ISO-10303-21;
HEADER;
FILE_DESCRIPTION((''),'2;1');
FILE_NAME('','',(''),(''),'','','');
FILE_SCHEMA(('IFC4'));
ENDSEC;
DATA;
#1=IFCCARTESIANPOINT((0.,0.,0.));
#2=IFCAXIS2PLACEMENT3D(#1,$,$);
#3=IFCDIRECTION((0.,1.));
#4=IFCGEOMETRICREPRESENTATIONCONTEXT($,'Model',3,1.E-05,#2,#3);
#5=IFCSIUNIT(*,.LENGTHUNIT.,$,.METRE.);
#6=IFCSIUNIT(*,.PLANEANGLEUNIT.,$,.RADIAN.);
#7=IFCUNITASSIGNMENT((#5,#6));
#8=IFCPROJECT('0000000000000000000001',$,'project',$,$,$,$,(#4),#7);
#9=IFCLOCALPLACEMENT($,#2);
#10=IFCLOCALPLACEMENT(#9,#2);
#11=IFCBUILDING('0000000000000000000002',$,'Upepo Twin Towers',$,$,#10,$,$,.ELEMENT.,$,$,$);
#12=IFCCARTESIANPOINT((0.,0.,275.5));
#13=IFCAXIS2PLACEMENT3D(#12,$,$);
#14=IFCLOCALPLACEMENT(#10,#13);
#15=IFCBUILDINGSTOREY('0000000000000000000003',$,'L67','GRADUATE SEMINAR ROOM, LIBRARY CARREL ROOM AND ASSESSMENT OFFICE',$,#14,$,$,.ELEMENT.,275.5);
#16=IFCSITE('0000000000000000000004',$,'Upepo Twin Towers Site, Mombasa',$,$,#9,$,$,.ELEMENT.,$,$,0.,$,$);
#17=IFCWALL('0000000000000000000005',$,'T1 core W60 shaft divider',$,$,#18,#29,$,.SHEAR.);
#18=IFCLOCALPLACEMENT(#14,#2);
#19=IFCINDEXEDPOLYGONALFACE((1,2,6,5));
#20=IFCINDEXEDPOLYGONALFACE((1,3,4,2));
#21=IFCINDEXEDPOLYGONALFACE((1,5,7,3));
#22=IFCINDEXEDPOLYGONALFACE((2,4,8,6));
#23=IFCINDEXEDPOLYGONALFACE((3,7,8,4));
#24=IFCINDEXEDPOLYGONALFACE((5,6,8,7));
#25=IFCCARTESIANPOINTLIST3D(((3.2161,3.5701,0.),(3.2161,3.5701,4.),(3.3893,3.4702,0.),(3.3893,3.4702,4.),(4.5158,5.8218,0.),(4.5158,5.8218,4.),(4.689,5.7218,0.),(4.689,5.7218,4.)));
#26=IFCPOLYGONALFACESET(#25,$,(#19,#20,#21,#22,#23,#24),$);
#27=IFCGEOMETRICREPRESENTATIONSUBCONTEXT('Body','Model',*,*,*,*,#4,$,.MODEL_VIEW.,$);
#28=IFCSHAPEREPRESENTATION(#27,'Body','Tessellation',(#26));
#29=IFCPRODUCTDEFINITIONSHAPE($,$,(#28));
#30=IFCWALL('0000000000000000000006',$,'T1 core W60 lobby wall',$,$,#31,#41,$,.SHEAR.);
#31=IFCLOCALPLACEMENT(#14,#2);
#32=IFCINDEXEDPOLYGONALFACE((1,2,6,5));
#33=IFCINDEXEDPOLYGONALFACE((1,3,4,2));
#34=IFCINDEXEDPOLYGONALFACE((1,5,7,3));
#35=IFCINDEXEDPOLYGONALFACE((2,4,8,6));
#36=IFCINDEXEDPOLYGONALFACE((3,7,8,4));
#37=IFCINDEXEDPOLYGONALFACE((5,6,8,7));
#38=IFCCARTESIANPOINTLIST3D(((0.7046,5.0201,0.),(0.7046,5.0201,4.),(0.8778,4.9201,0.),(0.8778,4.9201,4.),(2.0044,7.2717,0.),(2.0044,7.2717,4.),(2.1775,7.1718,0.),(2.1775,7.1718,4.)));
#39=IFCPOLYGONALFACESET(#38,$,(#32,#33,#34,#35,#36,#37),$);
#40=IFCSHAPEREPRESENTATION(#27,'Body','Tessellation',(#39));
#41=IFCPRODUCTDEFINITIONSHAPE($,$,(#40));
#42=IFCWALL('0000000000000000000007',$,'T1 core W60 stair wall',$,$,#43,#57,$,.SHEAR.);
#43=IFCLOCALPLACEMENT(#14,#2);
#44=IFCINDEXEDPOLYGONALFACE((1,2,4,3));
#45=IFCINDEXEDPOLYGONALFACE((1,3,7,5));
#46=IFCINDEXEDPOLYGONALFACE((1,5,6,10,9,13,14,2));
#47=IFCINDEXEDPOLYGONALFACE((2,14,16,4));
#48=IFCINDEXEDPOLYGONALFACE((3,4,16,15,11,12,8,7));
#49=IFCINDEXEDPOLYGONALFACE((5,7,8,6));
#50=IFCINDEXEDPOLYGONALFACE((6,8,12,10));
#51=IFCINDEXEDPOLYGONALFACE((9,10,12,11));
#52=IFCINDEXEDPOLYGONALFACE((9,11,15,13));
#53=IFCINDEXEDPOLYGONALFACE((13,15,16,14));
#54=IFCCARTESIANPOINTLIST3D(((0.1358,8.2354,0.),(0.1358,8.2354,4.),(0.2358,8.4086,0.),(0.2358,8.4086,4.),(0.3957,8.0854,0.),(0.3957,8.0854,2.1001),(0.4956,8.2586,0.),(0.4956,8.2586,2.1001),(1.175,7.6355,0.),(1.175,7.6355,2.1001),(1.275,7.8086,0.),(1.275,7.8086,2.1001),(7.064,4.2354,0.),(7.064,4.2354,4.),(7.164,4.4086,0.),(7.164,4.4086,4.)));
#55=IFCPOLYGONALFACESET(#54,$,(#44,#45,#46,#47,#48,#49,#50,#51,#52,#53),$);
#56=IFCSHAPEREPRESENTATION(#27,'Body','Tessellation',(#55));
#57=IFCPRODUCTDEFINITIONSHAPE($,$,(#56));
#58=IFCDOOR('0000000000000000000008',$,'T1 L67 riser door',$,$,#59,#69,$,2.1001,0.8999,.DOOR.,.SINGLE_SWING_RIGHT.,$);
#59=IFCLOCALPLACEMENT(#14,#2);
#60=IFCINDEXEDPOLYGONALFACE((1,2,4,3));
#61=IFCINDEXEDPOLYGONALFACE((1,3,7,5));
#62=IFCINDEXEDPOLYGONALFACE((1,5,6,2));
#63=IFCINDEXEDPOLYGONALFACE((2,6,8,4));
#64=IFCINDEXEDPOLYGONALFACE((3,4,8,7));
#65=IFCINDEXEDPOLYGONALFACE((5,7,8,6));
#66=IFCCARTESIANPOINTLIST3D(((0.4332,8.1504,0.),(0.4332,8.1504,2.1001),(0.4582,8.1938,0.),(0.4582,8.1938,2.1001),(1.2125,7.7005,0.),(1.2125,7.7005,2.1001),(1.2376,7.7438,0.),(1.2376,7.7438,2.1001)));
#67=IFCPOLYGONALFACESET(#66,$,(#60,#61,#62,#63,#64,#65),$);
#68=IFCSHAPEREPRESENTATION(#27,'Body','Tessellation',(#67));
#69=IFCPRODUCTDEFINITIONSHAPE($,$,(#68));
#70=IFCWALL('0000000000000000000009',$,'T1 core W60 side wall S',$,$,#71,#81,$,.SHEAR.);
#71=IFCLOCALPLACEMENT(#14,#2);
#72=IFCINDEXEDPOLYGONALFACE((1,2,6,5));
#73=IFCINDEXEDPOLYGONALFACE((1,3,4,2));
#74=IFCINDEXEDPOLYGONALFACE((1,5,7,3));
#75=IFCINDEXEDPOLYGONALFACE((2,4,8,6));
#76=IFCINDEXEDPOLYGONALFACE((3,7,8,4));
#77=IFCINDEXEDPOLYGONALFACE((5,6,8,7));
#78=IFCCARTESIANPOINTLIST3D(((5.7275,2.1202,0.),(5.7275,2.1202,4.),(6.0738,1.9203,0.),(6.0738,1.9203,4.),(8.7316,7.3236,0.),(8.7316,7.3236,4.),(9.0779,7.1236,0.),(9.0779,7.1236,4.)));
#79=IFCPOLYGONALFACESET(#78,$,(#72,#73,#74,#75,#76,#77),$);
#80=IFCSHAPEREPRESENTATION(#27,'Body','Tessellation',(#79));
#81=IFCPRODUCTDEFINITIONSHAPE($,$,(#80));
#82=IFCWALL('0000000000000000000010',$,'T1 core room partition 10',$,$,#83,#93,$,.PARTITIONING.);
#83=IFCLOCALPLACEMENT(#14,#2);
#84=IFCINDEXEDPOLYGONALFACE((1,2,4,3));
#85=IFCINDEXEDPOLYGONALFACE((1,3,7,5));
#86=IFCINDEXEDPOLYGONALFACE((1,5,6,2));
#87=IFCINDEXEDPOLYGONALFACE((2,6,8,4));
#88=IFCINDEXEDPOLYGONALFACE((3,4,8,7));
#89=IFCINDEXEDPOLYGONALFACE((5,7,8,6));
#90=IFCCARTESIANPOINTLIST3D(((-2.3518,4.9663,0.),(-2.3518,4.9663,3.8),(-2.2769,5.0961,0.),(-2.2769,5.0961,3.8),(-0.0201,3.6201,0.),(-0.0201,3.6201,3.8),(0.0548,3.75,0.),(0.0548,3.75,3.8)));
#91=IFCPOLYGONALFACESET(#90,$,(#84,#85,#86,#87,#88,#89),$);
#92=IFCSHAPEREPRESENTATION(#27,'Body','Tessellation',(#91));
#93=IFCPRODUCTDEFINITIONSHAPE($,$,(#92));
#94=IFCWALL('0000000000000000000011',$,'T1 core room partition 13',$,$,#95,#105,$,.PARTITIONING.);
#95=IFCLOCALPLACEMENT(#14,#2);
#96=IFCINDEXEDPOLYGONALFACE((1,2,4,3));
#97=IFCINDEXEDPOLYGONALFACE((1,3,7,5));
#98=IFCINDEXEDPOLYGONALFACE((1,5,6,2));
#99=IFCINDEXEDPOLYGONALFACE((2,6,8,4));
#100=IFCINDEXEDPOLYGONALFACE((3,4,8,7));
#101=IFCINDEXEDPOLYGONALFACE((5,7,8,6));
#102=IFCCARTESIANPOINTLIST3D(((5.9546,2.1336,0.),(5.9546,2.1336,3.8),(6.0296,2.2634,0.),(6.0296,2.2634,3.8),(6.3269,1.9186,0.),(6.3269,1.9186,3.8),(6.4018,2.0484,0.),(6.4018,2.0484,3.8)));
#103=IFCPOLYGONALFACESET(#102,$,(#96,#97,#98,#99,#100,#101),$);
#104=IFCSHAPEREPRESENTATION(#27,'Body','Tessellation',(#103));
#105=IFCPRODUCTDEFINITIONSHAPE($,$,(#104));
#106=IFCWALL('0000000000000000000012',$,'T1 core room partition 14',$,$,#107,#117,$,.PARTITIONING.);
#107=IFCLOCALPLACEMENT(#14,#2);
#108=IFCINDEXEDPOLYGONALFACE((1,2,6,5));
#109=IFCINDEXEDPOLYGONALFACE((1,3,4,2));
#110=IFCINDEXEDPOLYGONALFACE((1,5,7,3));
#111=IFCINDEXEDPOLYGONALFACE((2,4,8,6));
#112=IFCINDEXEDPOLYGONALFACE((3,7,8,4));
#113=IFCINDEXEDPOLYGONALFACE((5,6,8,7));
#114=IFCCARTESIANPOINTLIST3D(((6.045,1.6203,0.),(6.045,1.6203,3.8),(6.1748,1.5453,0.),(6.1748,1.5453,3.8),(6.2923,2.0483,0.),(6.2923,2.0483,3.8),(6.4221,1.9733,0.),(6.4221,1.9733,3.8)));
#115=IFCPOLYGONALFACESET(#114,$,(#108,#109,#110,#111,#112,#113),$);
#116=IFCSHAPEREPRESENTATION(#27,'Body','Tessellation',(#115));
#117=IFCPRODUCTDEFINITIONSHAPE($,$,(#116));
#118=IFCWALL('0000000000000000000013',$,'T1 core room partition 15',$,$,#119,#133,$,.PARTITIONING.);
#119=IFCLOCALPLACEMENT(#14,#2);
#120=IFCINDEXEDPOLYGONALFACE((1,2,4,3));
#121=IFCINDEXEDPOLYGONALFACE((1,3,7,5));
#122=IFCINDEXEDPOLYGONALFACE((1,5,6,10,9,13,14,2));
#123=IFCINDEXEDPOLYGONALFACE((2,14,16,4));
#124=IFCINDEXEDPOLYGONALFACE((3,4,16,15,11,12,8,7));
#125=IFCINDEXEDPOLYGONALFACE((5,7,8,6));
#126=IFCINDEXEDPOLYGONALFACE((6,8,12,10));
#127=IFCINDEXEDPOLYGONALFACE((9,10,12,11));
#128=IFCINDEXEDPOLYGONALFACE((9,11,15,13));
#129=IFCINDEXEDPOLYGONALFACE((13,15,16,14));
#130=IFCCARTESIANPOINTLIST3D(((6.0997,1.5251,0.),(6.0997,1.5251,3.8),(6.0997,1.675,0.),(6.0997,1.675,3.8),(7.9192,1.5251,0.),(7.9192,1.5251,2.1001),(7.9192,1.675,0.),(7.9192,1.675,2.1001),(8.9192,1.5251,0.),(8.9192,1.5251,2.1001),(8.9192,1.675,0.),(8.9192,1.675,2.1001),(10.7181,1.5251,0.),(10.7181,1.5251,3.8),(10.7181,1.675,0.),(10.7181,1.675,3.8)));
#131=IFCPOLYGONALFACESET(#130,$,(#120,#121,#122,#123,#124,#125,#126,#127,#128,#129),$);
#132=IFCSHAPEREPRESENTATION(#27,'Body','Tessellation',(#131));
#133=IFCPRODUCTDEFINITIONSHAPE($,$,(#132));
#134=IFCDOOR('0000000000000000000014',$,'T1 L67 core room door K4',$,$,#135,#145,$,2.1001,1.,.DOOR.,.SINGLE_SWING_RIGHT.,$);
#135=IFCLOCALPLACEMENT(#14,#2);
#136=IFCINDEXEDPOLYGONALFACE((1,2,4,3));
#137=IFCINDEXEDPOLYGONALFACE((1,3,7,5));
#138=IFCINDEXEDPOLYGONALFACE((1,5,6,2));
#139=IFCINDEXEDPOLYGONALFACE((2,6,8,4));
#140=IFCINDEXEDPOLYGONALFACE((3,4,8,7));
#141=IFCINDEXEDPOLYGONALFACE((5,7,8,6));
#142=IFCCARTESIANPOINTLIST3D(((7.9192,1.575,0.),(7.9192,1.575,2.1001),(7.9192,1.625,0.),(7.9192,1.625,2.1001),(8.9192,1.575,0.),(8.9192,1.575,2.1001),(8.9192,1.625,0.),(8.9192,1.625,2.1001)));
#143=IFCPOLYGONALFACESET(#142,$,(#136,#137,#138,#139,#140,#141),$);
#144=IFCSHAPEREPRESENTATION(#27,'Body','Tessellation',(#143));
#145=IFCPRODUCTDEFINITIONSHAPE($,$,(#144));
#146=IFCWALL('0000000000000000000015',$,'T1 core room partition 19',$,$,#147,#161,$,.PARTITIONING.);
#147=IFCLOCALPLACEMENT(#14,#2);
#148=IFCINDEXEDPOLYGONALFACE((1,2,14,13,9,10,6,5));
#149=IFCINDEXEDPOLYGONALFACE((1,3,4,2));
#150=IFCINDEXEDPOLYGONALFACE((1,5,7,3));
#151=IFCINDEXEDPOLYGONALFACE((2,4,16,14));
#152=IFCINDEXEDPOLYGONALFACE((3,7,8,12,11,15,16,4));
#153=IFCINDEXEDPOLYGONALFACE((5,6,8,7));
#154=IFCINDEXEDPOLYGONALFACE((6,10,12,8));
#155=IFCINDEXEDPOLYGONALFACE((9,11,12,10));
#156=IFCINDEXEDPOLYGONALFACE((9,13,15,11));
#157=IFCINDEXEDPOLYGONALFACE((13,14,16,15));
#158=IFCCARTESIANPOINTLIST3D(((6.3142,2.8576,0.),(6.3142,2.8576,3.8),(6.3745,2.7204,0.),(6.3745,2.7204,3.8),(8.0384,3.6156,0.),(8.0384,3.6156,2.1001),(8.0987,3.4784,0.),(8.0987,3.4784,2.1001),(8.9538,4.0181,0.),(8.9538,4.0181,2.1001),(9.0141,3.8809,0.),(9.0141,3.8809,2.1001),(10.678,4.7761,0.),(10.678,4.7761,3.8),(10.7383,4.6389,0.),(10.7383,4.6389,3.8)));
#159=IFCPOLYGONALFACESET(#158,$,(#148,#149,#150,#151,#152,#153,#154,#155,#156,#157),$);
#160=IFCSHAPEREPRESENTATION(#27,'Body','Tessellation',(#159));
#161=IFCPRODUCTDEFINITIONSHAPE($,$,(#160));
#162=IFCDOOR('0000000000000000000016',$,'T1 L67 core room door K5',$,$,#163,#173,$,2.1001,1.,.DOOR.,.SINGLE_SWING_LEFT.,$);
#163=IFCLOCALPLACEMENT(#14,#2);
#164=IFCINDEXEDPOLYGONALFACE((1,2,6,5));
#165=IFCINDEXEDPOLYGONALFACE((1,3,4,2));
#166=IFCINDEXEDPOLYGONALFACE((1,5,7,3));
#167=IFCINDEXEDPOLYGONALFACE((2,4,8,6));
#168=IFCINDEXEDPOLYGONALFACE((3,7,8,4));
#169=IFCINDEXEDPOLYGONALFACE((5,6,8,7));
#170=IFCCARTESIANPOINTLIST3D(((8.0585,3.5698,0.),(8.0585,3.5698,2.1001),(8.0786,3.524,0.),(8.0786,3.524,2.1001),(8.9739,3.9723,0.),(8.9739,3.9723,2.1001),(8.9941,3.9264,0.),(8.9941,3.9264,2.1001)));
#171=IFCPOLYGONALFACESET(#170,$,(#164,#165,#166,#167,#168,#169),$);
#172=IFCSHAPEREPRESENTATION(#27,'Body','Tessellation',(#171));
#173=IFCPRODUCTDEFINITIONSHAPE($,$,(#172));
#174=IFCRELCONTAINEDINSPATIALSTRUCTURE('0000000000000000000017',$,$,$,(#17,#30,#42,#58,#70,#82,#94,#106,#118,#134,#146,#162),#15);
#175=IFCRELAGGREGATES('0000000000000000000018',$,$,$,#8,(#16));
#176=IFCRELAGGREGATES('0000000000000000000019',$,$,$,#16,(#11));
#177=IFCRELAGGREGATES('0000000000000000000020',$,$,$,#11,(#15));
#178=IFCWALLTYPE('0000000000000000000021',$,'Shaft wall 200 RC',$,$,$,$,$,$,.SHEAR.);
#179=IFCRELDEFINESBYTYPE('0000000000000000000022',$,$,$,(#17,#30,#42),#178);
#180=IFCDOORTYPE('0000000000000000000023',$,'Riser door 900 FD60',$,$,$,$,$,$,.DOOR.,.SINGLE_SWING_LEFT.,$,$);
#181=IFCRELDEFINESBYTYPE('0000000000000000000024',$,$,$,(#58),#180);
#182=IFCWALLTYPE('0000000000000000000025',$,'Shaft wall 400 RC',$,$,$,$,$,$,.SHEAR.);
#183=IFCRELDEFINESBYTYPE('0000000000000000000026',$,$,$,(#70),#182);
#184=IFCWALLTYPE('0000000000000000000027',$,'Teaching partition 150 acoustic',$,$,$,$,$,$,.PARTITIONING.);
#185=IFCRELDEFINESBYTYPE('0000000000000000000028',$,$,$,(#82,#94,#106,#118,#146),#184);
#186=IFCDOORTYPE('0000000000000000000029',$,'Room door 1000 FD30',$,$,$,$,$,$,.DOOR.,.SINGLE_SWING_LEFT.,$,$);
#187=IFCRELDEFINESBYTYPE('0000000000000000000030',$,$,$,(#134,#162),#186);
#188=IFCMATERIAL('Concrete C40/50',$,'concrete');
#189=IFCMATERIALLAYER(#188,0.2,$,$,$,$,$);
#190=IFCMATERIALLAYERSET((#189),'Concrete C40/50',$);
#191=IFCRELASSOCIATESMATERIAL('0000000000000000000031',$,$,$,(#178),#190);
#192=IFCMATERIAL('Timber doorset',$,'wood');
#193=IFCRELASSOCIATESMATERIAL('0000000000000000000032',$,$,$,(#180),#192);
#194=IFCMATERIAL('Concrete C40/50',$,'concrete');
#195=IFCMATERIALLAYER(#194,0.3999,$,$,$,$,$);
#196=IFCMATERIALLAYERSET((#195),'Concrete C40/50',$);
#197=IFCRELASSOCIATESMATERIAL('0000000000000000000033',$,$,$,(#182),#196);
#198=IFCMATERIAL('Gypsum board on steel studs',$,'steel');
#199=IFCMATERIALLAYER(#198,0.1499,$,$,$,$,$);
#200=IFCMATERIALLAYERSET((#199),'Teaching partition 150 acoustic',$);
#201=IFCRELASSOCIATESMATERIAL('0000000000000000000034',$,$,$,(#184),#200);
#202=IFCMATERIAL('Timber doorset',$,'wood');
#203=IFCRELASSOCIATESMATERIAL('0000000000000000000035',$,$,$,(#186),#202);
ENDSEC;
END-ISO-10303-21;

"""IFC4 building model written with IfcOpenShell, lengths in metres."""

from ifc_helpers import new_model, si_unit, direction, frame, frame_2d, origin, place, context, subcontext, project, spatial, rectangle, extrude, material, layer, layer_set, type_object, element, fill, save


model = new_model("IFC4")

# Units and contexts
model_context = context("Model", 3, precision=1e-05, world=origin(), true_north=direction((0.0, 1.0)))
body_context = subcontext(model_context, "Body", "Model", "MODEL_VIEW")
ifc_project = project(units=[si_unit("LENGTHUNIT", "METRE"), si_unit("PLANEANGLEUNIT", "RADIAN")], contexts=[model_context])

# Site, building, storey
site_placement = place(None, origin())
site = spatial("IfcSite", under=ifc_project, at=site_placement, Name="Upepo Twin Towers Site, Mombasa", CompositionType="ELEMENT", RefElevation=0.0)
building_placement = place(site_placement, origin())
building = spatial("IfcBuilding", under=site, at=building_placement, Name="Upepo Twin Towers", CompositionType="ELEMENT")
storey_placement = place(building_placement, frame((0.0, 0.0, 275.5)))
storey = spatial("IfcBuildingStorey", under=building, at=storey_placement, Name="L67", Description="GRADUATE SEMINAR ROOM, LIBRARY CARREL ROOM AND ASSESSMENT OFFICE", CompositionType="ELEMENT", Elevation=275.5)

# Shared definitions
ifc_material_1 = material(Name="Concrete C40/50", Category="concrete")
ifc_layer_1 = layer(ifc_material_1, 0.2)
ifc_layer_set_1 = layer_set([ifc_layer_1], Name="Concrete C40/50")
wall_type_1 = type_object("IfcWallType", Name="Shaft wall 200 RC", PredefinedType="SHEAR", material=ifc_layer_set_1)
ifc_material_2 = material(Name="Timber doorset", Category="wood")
door_type_1 = type_object("IfcDoorType", Name="Riser door 900 FD60", OperationType="SINGLE_SWING_LEFT", PredefinedType="DOOR", material=ifc_material_2)

# Walls
for number, where, z_axis, x_axis, name in (
    (1, (3.3027, 3.5203, 0.0), (0.0, 0.0, 1.0), (0.499937, 0.866062, 0.0), "T1 core W60 shaft divider"),
    (2, (0.7913, 4.9702, 0.0), (0.0, 0.0, 1.0), (0.499937, 0.866062, 0.0), "T1 core W60 lobby wall"),
):
    element("IfcWall", number, at=place(storey_placement, frame(where, z_axis=z_axis, x_axis=x_axis)), inside=storey, type_object=wall_type_1, Name=name, PredefinedType="SHEAR", context=body_context, shape_type="SweptSolid", body=[
        extrude(rectangle(XDim=2.5999, YDim=0.2, at=frame_2d((1.2998, 0.0))), origin(), (0.0, 0.0, 1.0), 4.0),
    ])

# Wall, opening, door
wall_1_placement = place(storey_placement, frame((7.114, 4.322, 0.0), z_axis=(0.0, 0.0, 1.0), x_axis=(-0.866026, 0.499999, 0.0)))
wall_1 = element("IfcWall", 3, at=wall_1_placement, inside=storey, type_object=wall_type_1, Name="T1 core W60 stair wall", PredefinedType="SHEAR", context=body_context, shape_type="SweptSolid", body=[
    extrude(rectangle(XDim=8.0, YDim=0.2, at=frame_2d((4.0, 0.0))), origin(), (0.0, 0.0, 1.0), 4.0),
])
opening_1_placement = place(wall_1_placement, frame((6.8, 0.0, 0.0)))
opening_1 = element("IfcOpeningElement", 4, at=opening_1_placement, cuts=wall_1, PredefinedType="OPENING", context=body_context, shape_type="SweptSolid", body=[
    extrude(rectangle(XDim=0.8999, YDim=2.1001, at=frame_2d((0.45, 1.05))), frame((0.0, 0.1099, 0.0), z_axis=(0.0, -1.0, 0.0), x_axis=(1.0, 0.0, 0.0)), (0.0, 0.0, 1.0), 0.22),
])
door_1_placement = place(opening_1_placement, origin())
door_1 = element("IfcDoor", 5, at=door_1_placement, inside=storey, type_object=door_type_1, Name="T1 L67 riser door", OperationType="SINGLE_SWING_RIGHT", OverallHeight=2.1001, OverallWidth=0.8999, PredefinedType="DOOR", context=body_context, shape_type="SweptSolid", body=[
    extrude(rectangle(XDim=0.8999, YDim=2.1001, at=frame_2d((0.45, 1.05))), frame((0.0, 0.0249, 0.0), z_axis=(0.0, -1.0, 0.0), x_axis=(1.0, 0.0, 0.0)), (0.0, 0.0, 1.0), 0.05),
])
fill(opening_1, door_1)

# Walls
ifc_material_3 = material(Name="Concrete C40/50", Category="concrete")
ifc_layer_2 = layer(ifc_material_3, 0.3999)
ifc_layer_set_2 = layer_set([ifc_layer_2], Name="Concrete C40/50")
wall_type_2 = type_object("IfcWallType", Name="Shaft wall 400 RC", PredefinedType="SHEAR", material=ifc_layer_set_2)
wall_2_placement = place(storey_placement, frame((5.9006, 2.0203, 0.0), z_axis=(0.0, 0.0, 1.0), x_axis=(0.499998, 0.866027, 0.0)))
element("IfcWall", 6, at=wall_2_placement, inside=storey, type_object=wall_type_2, Name="T1 core W60 side wall S", PredefinedType="SHEAR", context=body_context, shape_type="SweptSolid", body=[
    extrude(rectangle(XDim=6.0083, YDim=0.3999, at=frame_2d((3.0042, 0.0))), origin(), (0.0, 0.0, 1.0), 4.0),
])
ifc_material_4 = material(Name="Gypsum board on steel studs", Category="steel")
ifc_layer_3 = layer(ifc_material_4, 0.1499)
ifc_layer_set_3 = layer_set([ifc_layer_3], Name="Teaching partition 150 acoustic")
wall_type_3 = type_object("IfcWallType", Name="Teaching partition 150 acoustic", PredefinedType="PARTITIONING", material=ifc_layer_set_3)
wall_3_placement = place(storey_placement, frame((0.0173, 3.6851, 0.0), z_axis=(0.0, 0.0, 1.0), x_axis=(-0.866036, 0.499981, 0.0)))
element("IfcWall", 7, at=wall_3_placement, inside=storey, type_object=wall_type_3, Name="T1 core room partition 10", PredefinedType="PARTITIONING", context=body_context, shape_type="SweptSolid", body=[
    extrude(rectangle(XDim=2.6924, YDim=0.1499, at=frame_2d((1.3462, 0.0))), origin(), (0.0, 0.0, 1.0), 3.8),
])
wall_4_placement = place(storey_placement, frame((5.9922, 2.1985, 0.0), z_axis=(0.0, 0.0, 1.0), x_axis=(0.865892, -0.50023, 0.0)))
element("IfcWall", 8, at=wall_4_placement, inside=storey, type_object=wall_type_3, Name="T1 core room partition 13", PredefinedType="PARTITIONING", context=body_context, shape_type="SweptSolid", body=[
    extrude(rectangle(XDim=0.4299, YDim=0.1499, at=frame_2d((0.2148, 0.0))), origin(), (0.0, 0.0, 1.0), 3.8),
])
wall_5_placement = place(storey_placement, frame((6.3572, 2.0107, 0.0), z_axis=(0.0, 0.0, 1.0), x_axis=(-0.500335, -0.865832, 0.0)))
element("IfcWall", 9, at=wall_5_placement, inside=storey, type_object=wall_type_3, Name="T1 core room partition 14", PredefinedType="PARTITIONING", context=body_context, shape_type="SweptSolid", body=[
    extrude(rectangle(XDim=0.4944, YDim=0.1499, at=frame_2d((0.2471, 0.0))), origin(), (0.0, 0.0, 1.0), 3.8),
])

# Walls, openings, doors
wall_6_placement = place(storey_placement, frame((6.0999, 1.6001, 0.0), z_axis=(0.0, 0.0, 1.0), x_axis=(1.0, 0.0, 0.0)))
wall_6 = element("IfcWall", 10, at=wall_6_placement, inside=storey, type_object=wall_type_3, Name="T1 core room partition 15", PredefinedType="PARTITIONING", context=body_context, shape_type="SweptSolid", body=[
    extrude(rectangle(XDim=4.6184, YDim=0.1499, at=frame_2d((2.3091, 0.0))), origin(), (0.0, 0.0, 1.0), 3.8),
])
opening_2_placement = place(wall_6_placement, frame((1.8193, 0.0, 0.0)))
opening_2 = element("IfcOpeningElement", 11, at=opening_2_placement, cuts=wall_6, PredefinedType="OPENING", context=body_context, shape_type="SweptSolid", body=[
    extrude(rectangle(XDim=1.0, YDim=2.1001, at=frame_2d((0.5, 1.05))), frame((0.0, 0.085, 0.0), z_axis=(0.0, -1.0, 0.0), x_axis=(1.0, 0.0, 0.0)), (0.0, 0.0, 1.0), 0.1699),
])
ifc_material_5 = material(Name="Timber doorset", Category="wood")
door_type_2 = type_object("IfcDoorType", Name="Room door 1000 FD30", OperationType="SINGLE_SWING_LEFT", PredefinedType="DOOR", material=ifc_material_5)
door_2_placement = place(opening_2_placement, origin())
door_2 = element("IfcDoor", 12, at=door_2_placement, inside=storey, type_object=door_type_2, Name="T1 L67 core room door K4", OperationType="SINGLE_SWING_RIGHT", OverallHeight=2.1001, OverallWidth=1.0, PredefinedType="DOOR", context=body_context, shape_type="SweptSolid", body=[
    extrude(rectangle(XDim=1.0, YDim=2.1001, at=frame_2d((0.5, 1.05))), frame((0.0, 0.0249, 0.0), z_axis=(0.0, -1.0, 0.0), x_axis=(1.0, 0.0, 0.0)), (0.0, 0.0, 1.0), 0.05),
])
fill(opening_2, door_2)
wall_7_placement = place(storey_placement, frame((6.3445, 2.7891, 0.0), z_axis=(0.0, 0.0, 1.0), x_axis=(0.915439, 0.402457, 0.0)))
wall_7 = element("IfcWall", 13, at=wall_7_placement, inside=storey, type_object=wall_type_3, Name="T1 core room partition 19", PredefinedType="PARTITIONING", context=body_context, shape_type="SweptSolid", body=[
    extrude(rectangle(XDim=4.7668, YDim=0.1499, at=frame_2d((2.3833, 0.0))), origin(), (0.0, 0.0, 1.0), 3.8),
])
opening_3_placement = place(wall_7_placement, frame((1.8833, 0.0, 0.0)))
opening_3 = element("IfcOpeningElement", 14, at=opening_3_placement, cuts=wall_7, PredefinedType="OPENING", context=body_context, shape_type="SweptSolid", body=[
    extrude(rectangle(XDim=1.0, YDim=2.1001, at=frame_2d((0.5, 1.05))), frame((0.0, 0.085, 0.0), z_axis=(0.0, -1.0, 0.0), x_axis=(1.0, 0.0, 0.0)), (0.0, 0.0, 1.0), 0.1699),
])
door_3_placement = place(opening_3_placement, origin())
door_3 = element("IfcDoor", 15, at=door_3_placement, inside=storey, type_object=door_type_2, Name="T1 L67 core room door K5", OperationType="SINGLE_SWING_LEFT", OverallHeight=2.1001, OverallWidth=1.0, PredefinedType="DOOR", context=body_context, shape_type="SweptSolid", body=[
    extrude(rectangle(XDim=1.0, YDim=2.1001, at=frame_2d((0.5, 1.05))), frame((0.0, 0.0249, 0.0), z_axis=(0.0, -1.0, 0.0), x_axis=(1.0, 0.0, 0.0)), (0.0, 0.0, 1.0), 0.05),
])
fill(opening_3, door_3)

save(model, "model.ifc")
